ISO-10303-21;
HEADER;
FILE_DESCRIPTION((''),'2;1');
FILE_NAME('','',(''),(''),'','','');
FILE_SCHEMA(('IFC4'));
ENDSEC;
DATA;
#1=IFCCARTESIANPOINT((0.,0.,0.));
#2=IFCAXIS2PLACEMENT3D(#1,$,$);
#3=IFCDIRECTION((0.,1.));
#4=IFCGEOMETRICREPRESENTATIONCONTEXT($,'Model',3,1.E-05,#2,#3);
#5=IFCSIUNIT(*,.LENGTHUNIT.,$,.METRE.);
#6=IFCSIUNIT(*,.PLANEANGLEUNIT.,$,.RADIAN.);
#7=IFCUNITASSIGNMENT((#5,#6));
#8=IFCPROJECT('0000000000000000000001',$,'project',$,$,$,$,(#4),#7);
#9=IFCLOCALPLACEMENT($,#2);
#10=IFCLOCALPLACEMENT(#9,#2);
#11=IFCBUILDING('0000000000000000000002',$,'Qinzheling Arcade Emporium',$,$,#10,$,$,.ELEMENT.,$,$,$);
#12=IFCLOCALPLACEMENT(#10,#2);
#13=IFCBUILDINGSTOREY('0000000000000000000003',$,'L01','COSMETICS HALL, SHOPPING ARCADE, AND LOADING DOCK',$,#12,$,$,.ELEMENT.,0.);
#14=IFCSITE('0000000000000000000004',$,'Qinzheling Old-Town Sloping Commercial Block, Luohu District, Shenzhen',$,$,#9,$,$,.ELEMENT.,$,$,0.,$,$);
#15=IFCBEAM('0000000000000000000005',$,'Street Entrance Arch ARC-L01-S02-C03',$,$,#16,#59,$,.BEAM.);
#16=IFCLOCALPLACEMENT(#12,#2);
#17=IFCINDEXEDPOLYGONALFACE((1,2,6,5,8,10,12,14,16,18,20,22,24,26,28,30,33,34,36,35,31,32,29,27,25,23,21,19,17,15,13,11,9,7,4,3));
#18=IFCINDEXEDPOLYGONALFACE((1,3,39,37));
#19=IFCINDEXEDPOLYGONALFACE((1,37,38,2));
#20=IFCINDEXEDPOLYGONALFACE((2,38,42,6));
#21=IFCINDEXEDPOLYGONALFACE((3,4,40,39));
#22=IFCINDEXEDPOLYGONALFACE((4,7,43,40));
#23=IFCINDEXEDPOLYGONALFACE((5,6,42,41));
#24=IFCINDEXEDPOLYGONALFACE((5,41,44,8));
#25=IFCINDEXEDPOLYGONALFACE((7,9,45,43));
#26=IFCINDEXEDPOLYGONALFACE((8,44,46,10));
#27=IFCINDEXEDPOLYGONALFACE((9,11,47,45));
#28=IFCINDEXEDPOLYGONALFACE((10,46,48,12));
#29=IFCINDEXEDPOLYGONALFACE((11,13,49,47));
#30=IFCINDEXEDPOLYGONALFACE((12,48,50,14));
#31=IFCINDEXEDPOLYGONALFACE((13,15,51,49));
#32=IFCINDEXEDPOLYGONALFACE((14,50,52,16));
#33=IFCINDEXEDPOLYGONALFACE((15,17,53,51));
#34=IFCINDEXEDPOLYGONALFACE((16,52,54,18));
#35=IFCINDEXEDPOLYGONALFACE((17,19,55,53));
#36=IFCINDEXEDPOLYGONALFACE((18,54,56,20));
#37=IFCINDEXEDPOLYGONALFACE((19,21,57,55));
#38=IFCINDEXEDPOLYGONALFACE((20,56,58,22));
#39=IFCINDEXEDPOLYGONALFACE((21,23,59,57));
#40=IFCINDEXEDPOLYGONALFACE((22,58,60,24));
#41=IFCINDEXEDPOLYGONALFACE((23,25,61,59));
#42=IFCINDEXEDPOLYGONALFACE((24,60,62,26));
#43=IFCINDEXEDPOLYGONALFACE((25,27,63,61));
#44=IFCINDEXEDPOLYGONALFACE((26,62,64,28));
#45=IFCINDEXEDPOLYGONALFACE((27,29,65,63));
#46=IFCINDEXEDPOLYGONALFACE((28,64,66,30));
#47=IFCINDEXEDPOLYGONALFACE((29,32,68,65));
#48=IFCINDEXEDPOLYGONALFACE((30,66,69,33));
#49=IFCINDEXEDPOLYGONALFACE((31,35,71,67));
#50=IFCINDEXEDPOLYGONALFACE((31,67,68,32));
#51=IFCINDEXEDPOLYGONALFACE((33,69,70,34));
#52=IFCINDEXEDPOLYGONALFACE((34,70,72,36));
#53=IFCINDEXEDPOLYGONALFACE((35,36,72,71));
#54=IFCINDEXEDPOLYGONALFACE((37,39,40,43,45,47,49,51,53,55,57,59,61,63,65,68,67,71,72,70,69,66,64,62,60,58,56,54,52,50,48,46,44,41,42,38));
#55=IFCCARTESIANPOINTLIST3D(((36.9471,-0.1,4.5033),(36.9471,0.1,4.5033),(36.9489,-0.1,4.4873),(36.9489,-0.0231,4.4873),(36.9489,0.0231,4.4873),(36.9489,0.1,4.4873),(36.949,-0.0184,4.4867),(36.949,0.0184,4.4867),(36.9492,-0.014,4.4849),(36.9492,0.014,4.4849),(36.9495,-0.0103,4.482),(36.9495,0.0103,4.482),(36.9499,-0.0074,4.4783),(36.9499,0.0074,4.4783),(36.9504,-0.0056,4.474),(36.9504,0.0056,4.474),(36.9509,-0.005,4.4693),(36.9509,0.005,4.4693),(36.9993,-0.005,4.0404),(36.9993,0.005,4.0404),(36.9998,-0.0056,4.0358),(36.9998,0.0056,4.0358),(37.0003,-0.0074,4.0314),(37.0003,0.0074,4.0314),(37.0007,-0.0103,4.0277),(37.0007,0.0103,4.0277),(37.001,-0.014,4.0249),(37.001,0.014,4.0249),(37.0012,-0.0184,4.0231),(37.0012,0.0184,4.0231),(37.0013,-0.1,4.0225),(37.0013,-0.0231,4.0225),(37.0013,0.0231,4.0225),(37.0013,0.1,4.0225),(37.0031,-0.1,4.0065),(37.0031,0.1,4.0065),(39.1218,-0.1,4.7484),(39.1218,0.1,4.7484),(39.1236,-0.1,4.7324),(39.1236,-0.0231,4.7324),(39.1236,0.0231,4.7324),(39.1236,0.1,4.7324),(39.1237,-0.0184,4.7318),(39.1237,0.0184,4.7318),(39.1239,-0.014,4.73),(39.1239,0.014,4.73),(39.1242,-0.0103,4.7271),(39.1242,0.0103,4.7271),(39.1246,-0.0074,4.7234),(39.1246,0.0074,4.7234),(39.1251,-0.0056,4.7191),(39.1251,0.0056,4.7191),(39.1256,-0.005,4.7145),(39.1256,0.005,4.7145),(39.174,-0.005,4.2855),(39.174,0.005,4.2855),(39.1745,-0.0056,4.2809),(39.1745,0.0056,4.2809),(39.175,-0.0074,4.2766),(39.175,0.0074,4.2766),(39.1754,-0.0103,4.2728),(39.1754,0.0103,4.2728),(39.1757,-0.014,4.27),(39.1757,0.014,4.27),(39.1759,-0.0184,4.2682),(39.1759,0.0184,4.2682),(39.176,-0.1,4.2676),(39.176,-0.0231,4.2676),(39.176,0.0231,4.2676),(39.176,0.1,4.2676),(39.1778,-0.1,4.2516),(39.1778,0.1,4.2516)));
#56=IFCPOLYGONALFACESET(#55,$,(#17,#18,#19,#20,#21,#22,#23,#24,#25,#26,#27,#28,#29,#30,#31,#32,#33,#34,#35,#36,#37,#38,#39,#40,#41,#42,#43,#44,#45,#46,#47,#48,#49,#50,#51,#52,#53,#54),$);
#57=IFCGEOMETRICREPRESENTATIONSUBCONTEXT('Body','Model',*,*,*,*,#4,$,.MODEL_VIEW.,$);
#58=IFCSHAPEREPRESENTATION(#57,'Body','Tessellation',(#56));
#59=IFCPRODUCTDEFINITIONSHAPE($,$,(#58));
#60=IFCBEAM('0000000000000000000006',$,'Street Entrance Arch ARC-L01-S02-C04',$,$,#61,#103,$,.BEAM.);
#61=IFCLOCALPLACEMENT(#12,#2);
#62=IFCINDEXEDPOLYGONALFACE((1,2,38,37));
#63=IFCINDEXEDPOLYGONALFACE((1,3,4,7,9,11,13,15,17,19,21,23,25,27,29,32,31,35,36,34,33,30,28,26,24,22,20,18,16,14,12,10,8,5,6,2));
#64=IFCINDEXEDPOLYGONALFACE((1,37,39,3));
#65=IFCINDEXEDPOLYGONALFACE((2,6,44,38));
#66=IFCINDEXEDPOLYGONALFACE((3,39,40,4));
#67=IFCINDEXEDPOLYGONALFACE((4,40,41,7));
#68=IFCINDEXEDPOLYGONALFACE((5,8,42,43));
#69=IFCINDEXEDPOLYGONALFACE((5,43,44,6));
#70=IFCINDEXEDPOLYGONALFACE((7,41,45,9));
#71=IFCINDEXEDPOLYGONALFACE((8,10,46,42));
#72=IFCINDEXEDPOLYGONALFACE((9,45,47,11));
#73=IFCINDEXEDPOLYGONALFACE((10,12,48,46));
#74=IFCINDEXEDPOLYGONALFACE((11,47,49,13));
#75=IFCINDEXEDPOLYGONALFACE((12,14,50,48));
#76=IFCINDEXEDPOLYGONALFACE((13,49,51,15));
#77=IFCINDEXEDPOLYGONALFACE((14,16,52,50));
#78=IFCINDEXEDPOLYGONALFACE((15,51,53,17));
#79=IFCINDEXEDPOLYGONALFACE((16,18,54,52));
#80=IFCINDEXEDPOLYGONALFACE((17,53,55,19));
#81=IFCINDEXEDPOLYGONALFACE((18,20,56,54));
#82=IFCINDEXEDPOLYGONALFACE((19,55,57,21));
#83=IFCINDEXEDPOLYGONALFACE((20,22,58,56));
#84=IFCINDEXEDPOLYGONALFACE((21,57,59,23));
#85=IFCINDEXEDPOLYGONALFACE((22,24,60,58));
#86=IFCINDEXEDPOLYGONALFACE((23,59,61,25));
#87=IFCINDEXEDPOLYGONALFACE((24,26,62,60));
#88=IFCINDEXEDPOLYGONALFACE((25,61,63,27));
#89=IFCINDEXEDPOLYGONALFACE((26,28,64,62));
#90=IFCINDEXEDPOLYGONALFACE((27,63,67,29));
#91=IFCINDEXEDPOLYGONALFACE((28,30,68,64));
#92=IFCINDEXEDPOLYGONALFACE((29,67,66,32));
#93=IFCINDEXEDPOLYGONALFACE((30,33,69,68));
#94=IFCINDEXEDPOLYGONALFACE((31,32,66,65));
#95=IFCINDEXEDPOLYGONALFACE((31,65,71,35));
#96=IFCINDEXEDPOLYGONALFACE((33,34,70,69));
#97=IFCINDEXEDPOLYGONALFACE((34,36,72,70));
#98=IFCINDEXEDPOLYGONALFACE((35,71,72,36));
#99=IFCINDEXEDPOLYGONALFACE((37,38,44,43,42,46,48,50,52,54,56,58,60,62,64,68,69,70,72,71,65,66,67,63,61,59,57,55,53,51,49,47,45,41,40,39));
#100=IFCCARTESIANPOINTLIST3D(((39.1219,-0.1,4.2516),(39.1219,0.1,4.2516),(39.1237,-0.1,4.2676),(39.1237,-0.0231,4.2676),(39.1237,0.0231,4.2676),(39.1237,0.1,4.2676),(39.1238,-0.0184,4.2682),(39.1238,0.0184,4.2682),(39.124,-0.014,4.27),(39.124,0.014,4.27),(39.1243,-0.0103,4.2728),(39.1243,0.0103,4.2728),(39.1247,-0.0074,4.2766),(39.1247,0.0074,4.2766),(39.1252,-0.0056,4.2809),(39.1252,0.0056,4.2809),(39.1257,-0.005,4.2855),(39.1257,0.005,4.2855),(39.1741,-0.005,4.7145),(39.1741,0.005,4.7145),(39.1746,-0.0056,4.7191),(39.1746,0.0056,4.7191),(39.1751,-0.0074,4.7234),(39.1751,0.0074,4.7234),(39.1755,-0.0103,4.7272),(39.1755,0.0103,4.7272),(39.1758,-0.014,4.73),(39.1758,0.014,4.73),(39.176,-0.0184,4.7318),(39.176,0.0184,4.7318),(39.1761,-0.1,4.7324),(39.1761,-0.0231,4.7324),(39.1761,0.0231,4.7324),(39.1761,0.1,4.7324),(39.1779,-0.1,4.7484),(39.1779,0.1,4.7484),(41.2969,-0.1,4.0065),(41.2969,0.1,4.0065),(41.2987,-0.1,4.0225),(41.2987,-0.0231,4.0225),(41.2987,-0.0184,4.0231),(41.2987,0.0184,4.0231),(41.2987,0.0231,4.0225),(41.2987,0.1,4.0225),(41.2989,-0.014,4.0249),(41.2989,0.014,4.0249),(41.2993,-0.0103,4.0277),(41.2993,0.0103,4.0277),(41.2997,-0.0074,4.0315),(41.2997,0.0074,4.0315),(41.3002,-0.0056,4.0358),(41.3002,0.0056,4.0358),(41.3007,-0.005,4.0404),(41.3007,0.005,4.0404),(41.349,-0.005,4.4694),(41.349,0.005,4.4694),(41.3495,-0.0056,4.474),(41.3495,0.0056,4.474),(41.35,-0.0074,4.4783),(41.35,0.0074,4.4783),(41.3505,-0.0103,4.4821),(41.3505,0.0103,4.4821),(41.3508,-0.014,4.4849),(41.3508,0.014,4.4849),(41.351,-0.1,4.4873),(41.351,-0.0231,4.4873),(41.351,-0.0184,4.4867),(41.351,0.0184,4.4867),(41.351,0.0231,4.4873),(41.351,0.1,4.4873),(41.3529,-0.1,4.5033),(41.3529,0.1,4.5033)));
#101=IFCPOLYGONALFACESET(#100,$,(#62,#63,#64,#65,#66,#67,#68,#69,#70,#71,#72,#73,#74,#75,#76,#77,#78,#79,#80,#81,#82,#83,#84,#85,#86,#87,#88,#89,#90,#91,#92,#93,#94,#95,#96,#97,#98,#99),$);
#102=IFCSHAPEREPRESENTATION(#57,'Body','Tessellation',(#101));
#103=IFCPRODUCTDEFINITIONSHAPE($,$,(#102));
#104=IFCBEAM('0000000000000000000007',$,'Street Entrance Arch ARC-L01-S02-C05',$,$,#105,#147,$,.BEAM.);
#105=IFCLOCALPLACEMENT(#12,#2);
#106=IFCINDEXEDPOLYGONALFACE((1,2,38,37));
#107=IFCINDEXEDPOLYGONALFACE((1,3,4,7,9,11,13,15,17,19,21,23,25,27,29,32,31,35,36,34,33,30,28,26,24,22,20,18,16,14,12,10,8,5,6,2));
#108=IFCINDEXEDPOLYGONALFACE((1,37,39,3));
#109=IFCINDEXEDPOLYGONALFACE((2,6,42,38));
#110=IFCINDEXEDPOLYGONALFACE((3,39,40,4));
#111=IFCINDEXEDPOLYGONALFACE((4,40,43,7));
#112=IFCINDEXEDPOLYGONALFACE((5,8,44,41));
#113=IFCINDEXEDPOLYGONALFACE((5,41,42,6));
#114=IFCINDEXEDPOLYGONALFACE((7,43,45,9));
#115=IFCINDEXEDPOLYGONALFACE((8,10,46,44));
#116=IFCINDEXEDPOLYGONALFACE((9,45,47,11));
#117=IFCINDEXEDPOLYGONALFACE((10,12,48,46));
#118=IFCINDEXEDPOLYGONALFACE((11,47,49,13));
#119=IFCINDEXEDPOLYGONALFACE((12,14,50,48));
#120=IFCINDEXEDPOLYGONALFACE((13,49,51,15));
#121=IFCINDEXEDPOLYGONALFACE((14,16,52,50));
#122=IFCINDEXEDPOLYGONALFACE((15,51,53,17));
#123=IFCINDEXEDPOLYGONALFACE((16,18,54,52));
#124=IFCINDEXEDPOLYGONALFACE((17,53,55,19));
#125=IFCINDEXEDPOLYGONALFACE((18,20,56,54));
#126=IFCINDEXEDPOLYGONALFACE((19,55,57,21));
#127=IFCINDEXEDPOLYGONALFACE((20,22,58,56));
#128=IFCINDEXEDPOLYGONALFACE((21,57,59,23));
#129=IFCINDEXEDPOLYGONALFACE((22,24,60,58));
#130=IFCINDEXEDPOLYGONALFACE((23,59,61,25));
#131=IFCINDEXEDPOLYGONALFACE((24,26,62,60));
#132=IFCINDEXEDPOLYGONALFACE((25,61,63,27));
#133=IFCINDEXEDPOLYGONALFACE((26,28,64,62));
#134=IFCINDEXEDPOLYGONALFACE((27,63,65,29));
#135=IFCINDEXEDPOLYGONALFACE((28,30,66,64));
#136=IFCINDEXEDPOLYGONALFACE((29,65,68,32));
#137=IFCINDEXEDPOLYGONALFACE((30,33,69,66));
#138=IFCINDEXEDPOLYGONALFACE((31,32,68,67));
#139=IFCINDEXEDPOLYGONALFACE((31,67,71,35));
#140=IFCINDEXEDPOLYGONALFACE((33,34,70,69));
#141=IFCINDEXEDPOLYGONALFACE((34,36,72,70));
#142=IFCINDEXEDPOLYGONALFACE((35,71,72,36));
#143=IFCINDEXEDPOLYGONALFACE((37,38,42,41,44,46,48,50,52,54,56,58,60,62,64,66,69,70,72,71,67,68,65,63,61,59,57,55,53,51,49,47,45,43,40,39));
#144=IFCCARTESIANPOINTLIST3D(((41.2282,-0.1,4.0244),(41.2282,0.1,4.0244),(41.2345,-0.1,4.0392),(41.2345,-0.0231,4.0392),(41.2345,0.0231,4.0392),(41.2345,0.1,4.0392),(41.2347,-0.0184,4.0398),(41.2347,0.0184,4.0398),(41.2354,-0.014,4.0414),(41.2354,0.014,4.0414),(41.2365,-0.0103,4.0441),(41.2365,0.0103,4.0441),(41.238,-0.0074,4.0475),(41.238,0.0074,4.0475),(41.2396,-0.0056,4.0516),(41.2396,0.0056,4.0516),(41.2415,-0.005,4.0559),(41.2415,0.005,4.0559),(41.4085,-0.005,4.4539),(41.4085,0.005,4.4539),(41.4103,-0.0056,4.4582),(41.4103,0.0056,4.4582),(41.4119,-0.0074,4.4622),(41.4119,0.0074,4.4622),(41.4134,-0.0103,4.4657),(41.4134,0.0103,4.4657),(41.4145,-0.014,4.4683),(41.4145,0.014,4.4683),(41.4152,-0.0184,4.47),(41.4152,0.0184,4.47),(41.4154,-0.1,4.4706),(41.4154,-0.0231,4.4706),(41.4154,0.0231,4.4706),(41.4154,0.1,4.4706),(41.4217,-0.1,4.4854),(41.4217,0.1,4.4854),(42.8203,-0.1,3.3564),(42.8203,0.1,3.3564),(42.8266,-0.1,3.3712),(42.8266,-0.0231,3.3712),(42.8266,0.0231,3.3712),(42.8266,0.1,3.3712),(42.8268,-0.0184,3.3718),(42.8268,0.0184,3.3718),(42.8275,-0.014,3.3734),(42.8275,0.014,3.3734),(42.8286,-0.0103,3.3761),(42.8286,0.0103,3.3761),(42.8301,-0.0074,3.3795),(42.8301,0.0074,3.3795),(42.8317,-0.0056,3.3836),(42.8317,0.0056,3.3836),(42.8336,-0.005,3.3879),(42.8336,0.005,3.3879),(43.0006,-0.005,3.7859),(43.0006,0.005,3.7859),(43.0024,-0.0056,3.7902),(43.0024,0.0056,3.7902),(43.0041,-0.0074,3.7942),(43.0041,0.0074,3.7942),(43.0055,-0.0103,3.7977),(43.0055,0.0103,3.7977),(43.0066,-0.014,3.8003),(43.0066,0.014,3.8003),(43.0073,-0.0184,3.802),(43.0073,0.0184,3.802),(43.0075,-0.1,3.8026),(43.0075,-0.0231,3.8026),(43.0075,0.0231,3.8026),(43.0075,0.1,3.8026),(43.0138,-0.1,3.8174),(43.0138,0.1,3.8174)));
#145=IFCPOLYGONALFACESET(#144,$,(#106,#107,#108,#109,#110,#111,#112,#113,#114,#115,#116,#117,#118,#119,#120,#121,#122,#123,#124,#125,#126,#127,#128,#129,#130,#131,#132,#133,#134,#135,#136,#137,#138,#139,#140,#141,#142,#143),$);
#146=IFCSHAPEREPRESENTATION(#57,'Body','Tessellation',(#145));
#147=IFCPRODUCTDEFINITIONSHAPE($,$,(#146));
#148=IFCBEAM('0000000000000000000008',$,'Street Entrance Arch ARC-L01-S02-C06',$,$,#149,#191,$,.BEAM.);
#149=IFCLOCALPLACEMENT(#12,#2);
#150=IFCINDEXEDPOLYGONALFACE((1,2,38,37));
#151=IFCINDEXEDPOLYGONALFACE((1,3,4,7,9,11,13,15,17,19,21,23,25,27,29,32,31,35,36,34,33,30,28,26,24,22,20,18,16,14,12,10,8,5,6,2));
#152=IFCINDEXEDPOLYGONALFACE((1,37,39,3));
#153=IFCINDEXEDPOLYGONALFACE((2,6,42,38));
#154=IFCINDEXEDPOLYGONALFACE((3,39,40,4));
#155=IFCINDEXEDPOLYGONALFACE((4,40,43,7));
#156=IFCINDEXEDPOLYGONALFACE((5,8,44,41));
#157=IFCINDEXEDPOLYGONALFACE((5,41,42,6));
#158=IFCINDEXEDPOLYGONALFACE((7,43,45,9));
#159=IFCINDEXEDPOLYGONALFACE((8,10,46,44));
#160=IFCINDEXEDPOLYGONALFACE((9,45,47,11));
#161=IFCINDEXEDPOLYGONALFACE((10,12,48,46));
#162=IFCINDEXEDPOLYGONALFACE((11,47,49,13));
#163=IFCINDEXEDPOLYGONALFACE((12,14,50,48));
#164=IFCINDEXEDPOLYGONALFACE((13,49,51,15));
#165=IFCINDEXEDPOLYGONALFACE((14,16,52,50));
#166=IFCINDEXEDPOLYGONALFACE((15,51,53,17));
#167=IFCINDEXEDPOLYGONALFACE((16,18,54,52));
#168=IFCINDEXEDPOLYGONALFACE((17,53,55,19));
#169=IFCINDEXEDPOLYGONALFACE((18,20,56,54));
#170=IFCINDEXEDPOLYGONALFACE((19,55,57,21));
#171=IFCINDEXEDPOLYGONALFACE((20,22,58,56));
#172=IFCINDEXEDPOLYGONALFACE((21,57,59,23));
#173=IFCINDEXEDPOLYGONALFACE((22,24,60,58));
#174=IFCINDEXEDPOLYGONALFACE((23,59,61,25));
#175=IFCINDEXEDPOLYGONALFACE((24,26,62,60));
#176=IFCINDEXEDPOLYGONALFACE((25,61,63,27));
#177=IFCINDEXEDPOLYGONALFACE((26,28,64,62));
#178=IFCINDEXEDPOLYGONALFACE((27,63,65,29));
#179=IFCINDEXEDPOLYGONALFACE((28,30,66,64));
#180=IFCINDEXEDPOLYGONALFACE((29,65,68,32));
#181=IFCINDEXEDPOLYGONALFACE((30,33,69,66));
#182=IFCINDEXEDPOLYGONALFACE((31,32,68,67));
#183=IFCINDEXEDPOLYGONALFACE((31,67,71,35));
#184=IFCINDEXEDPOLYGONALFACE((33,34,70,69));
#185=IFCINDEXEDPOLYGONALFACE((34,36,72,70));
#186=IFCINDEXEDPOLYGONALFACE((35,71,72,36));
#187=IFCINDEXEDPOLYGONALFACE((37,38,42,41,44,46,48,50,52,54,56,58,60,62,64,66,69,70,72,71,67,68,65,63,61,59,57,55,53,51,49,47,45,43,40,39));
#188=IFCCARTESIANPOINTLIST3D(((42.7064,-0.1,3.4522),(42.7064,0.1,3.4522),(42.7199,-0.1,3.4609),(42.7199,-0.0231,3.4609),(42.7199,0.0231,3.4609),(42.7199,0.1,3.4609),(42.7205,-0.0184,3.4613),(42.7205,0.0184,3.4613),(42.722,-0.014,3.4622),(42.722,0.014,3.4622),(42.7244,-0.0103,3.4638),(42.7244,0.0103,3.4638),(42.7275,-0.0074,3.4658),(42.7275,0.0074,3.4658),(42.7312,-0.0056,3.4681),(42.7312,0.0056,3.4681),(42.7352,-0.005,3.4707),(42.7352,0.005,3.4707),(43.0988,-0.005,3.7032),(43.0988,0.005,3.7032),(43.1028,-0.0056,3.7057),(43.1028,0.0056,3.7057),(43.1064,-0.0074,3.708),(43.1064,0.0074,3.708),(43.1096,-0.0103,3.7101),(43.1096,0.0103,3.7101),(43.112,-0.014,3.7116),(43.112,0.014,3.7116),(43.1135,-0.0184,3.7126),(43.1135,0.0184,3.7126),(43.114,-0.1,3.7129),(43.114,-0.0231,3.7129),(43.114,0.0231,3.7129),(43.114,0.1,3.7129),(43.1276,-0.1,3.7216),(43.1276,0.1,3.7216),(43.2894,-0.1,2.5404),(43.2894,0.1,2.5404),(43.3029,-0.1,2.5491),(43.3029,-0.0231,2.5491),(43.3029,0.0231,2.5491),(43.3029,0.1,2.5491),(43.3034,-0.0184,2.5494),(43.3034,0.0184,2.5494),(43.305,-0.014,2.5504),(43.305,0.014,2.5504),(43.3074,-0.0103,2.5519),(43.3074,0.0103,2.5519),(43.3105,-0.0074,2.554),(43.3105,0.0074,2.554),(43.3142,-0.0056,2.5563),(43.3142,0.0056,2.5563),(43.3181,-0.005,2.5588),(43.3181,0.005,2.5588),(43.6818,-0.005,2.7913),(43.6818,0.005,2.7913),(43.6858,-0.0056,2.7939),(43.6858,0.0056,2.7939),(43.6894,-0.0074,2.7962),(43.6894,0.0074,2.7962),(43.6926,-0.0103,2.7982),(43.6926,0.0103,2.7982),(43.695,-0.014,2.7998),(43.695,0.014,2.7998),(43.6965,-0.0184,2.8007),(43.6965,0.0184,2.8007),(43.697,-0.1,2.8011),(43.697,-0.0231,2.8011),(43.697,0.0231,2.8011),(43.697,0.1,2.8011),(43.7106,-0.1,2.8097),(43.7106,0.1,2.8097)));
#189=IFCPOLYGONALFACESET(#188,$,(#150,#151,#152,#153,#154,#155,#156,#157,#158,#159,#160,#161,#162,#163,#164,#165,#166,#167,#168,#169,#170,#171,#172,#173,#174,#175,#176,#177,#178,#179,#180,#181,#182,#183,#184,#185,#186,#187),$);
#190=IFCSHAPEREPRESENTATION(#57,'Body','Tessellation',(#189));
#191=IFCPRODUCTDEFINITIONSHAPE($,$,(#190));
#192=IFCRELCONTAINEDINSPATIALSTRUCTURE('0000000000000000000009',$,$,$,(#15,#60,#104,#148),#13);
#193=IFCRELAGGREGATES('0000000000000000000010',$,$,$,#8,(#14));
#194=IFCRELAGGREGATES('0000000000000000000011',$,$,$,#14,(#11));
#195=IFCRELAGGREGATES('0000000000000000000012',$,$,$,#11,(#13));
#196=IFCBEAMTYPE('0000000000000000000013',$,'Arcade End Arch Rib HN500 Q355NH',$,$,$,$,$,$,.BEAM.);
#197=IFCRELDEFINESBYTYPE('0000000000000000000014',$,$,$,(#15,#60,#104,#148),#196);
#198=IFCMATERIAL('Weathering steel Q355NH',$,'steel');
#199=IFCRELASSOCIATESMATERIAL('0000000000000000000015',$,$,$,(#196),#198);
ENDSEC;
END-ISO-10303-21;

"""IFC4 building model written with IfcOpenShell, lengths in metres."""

from ifc_helpers import new_model, si_unit, direction, frame, origin, origin_2d, place, context, subcontext, project, spatial, i_section, extrude, material, material_profile, profile_set, type_object, element, save


model = new_model("IFC4")

# Units and contexts
model_context = context("Model", 3, precision=1e-05, world=origin(), true_north=direction((0.0, 1.0)))
body_context = subcontext(model_context, "Body", "Model", "MODEL_VIEW")
ifc_project = project(units=[si_unit("LENGTHUNIT", "METRE"), si_unit("PLANEANGLEUNIT", "RADIAN")], contexts=[model_context])

# Site, building, storey
site_placement = place(None, origin())
site = spatial("IfcSite", under=ifc_project, at=site_placement, Name="Qinzheling Old-Town Sloping Commercial Block, Luohu District, Shenzhen", CompositionType="ELEMENT", RefElevation=0.0)
building_placement = place(site_placement, origin())
building = spatial("IfcBuilding", under=site, at=building_placement, Name="Qinzheling Arcade Emporium", CompositionType="ELEMENT")
storey_placement = place(building_placement, origin())
storey = spatial("IfcBuildingStorey", under=building, at=storey_placement, Name="L01", Description="COSMETICS HALL, SHOPPING ARCADE, AND LOADING DOCK", CompositionType="ELEMENT", Elevation=0.0)

# Beams
ifc_material_1 = material(Name="Weathering steel Q355NH", Category="steel")
ifc_material_profile_1 = material_profile(ifc_material_1, i_section(OverallWidth=0.2, OverallDepth=0.5, WebThickness=0.01, FlangeThickness=0.0161, FilletRadius=0.0181, at=origin_2d()), Name="HN 500x200x10x16", Category="steel")
ifc_profile_set_1 = profile_set([ifc_material_profile_1], Name="Weathering steel Q355NH")
beam_type_1 = type_object("IfcBeamType", Name="Arcade End Arch Rib HN500 Q355NH", PredefinedType="BEAM", material=ifc_profile_set_1)
beam_1_placement = place(storey_placement, frame((36.9751, 0.0, 4.2549), z_axis=(0.993708, 0.0, 0.111999), x_axis=(0.0, 1.0, 0.0)))
element("IfcBeam", 1, at=beam_1_placement, inside=storey, type_object=beam_type_1, Name="Street Entrance Arch ARC-L01-S02-C03", PredefinedType="BEAM", context=body_context, shape_type="SweptSolid", body=[
    extrude(i_section(OverallWidth=0.2, OverallDepth=0.5, WebThickness=0.01, FlangeThickness=0.0161, FilletRadius=0.0181, at=origin_2d()), origin(), (0.0, 0.0, 1.0), 2.1885),
])
beam_2_placement = place(storey_placement, frame((39.1499, 0.0, 4.5), z_axis=(0.99371, 0.0, -0.111986), x_axis=(0.0, 1.0, 0.0)))
element("IfcBeam", 2, at=beam_2_placement, inside=storey, type_object=beam_type_1, Name="Street Entrance Arch ARC-L01-S02-C04", PredefinedType="BEAM", context=body_context, shape_type="SweptSolid", body=[
    extrude(i_section(OverallWidth=0.2, OverallDepth=0.5, WebThickness=0.01, FlangeThickness=0.0161, FilletRadius=0.0181, at=origin_2d()), origin(), (0.0, 0.0, 1.0), 2.1887),
])
beam_3_placement = place(storey_placement, frame((41.325, 0.0, 4.2549), z_axis=(0.922124, 0.0, -0.386893), x_axis=(0.0, 1.0, 0.0)))
element("IfcBeam", 3, at=beam_3_placement, inside=storey, type_object=beam_type_1, Name="Street Entrance Arch ARC-L01-S02-C05", PredefinedType="BEAM", context=body_context, shape_type="SweptSolid", body=[
    extrude(i_section(OverallWidth=0.2, OverallDepth=0.5, WebThickness=0.01, FlangeThickness=0.0161, FilletRadius=0.0181, at=origin_2d()), origin(), (0.0, 0.0, 1.0), 1.7266),
])
for number, where, z_axis, x_axis, name in (
    (4, (42.917, 0.0, 3.5869), (0.53867, 0.0, -0.842517), (0.0, 1.0, 0.0), "Street Entrance Arch ARC-L01-S02-C06"),
):
    element("IfcBeam", number, at=place(storey_placement, frame(where, z_axis=z_axis, x_axis=x_axis)), inside=storey, type_object=beam_type_1, Name=name, PredefinedType="BEAM", context=body_context, shape_type="SweptSolid", body=[
        extrude(i_section(OverallWidth=0.2, OverallDepth=0.5, WebThickness=0.01, FlangeThickness=0.0161, FilletRadius=0.0181, at=origin_2d()), origin(), (0.0, 0.0, 1.0), 1.0823),
    ])

save(model, "model.ifc")
